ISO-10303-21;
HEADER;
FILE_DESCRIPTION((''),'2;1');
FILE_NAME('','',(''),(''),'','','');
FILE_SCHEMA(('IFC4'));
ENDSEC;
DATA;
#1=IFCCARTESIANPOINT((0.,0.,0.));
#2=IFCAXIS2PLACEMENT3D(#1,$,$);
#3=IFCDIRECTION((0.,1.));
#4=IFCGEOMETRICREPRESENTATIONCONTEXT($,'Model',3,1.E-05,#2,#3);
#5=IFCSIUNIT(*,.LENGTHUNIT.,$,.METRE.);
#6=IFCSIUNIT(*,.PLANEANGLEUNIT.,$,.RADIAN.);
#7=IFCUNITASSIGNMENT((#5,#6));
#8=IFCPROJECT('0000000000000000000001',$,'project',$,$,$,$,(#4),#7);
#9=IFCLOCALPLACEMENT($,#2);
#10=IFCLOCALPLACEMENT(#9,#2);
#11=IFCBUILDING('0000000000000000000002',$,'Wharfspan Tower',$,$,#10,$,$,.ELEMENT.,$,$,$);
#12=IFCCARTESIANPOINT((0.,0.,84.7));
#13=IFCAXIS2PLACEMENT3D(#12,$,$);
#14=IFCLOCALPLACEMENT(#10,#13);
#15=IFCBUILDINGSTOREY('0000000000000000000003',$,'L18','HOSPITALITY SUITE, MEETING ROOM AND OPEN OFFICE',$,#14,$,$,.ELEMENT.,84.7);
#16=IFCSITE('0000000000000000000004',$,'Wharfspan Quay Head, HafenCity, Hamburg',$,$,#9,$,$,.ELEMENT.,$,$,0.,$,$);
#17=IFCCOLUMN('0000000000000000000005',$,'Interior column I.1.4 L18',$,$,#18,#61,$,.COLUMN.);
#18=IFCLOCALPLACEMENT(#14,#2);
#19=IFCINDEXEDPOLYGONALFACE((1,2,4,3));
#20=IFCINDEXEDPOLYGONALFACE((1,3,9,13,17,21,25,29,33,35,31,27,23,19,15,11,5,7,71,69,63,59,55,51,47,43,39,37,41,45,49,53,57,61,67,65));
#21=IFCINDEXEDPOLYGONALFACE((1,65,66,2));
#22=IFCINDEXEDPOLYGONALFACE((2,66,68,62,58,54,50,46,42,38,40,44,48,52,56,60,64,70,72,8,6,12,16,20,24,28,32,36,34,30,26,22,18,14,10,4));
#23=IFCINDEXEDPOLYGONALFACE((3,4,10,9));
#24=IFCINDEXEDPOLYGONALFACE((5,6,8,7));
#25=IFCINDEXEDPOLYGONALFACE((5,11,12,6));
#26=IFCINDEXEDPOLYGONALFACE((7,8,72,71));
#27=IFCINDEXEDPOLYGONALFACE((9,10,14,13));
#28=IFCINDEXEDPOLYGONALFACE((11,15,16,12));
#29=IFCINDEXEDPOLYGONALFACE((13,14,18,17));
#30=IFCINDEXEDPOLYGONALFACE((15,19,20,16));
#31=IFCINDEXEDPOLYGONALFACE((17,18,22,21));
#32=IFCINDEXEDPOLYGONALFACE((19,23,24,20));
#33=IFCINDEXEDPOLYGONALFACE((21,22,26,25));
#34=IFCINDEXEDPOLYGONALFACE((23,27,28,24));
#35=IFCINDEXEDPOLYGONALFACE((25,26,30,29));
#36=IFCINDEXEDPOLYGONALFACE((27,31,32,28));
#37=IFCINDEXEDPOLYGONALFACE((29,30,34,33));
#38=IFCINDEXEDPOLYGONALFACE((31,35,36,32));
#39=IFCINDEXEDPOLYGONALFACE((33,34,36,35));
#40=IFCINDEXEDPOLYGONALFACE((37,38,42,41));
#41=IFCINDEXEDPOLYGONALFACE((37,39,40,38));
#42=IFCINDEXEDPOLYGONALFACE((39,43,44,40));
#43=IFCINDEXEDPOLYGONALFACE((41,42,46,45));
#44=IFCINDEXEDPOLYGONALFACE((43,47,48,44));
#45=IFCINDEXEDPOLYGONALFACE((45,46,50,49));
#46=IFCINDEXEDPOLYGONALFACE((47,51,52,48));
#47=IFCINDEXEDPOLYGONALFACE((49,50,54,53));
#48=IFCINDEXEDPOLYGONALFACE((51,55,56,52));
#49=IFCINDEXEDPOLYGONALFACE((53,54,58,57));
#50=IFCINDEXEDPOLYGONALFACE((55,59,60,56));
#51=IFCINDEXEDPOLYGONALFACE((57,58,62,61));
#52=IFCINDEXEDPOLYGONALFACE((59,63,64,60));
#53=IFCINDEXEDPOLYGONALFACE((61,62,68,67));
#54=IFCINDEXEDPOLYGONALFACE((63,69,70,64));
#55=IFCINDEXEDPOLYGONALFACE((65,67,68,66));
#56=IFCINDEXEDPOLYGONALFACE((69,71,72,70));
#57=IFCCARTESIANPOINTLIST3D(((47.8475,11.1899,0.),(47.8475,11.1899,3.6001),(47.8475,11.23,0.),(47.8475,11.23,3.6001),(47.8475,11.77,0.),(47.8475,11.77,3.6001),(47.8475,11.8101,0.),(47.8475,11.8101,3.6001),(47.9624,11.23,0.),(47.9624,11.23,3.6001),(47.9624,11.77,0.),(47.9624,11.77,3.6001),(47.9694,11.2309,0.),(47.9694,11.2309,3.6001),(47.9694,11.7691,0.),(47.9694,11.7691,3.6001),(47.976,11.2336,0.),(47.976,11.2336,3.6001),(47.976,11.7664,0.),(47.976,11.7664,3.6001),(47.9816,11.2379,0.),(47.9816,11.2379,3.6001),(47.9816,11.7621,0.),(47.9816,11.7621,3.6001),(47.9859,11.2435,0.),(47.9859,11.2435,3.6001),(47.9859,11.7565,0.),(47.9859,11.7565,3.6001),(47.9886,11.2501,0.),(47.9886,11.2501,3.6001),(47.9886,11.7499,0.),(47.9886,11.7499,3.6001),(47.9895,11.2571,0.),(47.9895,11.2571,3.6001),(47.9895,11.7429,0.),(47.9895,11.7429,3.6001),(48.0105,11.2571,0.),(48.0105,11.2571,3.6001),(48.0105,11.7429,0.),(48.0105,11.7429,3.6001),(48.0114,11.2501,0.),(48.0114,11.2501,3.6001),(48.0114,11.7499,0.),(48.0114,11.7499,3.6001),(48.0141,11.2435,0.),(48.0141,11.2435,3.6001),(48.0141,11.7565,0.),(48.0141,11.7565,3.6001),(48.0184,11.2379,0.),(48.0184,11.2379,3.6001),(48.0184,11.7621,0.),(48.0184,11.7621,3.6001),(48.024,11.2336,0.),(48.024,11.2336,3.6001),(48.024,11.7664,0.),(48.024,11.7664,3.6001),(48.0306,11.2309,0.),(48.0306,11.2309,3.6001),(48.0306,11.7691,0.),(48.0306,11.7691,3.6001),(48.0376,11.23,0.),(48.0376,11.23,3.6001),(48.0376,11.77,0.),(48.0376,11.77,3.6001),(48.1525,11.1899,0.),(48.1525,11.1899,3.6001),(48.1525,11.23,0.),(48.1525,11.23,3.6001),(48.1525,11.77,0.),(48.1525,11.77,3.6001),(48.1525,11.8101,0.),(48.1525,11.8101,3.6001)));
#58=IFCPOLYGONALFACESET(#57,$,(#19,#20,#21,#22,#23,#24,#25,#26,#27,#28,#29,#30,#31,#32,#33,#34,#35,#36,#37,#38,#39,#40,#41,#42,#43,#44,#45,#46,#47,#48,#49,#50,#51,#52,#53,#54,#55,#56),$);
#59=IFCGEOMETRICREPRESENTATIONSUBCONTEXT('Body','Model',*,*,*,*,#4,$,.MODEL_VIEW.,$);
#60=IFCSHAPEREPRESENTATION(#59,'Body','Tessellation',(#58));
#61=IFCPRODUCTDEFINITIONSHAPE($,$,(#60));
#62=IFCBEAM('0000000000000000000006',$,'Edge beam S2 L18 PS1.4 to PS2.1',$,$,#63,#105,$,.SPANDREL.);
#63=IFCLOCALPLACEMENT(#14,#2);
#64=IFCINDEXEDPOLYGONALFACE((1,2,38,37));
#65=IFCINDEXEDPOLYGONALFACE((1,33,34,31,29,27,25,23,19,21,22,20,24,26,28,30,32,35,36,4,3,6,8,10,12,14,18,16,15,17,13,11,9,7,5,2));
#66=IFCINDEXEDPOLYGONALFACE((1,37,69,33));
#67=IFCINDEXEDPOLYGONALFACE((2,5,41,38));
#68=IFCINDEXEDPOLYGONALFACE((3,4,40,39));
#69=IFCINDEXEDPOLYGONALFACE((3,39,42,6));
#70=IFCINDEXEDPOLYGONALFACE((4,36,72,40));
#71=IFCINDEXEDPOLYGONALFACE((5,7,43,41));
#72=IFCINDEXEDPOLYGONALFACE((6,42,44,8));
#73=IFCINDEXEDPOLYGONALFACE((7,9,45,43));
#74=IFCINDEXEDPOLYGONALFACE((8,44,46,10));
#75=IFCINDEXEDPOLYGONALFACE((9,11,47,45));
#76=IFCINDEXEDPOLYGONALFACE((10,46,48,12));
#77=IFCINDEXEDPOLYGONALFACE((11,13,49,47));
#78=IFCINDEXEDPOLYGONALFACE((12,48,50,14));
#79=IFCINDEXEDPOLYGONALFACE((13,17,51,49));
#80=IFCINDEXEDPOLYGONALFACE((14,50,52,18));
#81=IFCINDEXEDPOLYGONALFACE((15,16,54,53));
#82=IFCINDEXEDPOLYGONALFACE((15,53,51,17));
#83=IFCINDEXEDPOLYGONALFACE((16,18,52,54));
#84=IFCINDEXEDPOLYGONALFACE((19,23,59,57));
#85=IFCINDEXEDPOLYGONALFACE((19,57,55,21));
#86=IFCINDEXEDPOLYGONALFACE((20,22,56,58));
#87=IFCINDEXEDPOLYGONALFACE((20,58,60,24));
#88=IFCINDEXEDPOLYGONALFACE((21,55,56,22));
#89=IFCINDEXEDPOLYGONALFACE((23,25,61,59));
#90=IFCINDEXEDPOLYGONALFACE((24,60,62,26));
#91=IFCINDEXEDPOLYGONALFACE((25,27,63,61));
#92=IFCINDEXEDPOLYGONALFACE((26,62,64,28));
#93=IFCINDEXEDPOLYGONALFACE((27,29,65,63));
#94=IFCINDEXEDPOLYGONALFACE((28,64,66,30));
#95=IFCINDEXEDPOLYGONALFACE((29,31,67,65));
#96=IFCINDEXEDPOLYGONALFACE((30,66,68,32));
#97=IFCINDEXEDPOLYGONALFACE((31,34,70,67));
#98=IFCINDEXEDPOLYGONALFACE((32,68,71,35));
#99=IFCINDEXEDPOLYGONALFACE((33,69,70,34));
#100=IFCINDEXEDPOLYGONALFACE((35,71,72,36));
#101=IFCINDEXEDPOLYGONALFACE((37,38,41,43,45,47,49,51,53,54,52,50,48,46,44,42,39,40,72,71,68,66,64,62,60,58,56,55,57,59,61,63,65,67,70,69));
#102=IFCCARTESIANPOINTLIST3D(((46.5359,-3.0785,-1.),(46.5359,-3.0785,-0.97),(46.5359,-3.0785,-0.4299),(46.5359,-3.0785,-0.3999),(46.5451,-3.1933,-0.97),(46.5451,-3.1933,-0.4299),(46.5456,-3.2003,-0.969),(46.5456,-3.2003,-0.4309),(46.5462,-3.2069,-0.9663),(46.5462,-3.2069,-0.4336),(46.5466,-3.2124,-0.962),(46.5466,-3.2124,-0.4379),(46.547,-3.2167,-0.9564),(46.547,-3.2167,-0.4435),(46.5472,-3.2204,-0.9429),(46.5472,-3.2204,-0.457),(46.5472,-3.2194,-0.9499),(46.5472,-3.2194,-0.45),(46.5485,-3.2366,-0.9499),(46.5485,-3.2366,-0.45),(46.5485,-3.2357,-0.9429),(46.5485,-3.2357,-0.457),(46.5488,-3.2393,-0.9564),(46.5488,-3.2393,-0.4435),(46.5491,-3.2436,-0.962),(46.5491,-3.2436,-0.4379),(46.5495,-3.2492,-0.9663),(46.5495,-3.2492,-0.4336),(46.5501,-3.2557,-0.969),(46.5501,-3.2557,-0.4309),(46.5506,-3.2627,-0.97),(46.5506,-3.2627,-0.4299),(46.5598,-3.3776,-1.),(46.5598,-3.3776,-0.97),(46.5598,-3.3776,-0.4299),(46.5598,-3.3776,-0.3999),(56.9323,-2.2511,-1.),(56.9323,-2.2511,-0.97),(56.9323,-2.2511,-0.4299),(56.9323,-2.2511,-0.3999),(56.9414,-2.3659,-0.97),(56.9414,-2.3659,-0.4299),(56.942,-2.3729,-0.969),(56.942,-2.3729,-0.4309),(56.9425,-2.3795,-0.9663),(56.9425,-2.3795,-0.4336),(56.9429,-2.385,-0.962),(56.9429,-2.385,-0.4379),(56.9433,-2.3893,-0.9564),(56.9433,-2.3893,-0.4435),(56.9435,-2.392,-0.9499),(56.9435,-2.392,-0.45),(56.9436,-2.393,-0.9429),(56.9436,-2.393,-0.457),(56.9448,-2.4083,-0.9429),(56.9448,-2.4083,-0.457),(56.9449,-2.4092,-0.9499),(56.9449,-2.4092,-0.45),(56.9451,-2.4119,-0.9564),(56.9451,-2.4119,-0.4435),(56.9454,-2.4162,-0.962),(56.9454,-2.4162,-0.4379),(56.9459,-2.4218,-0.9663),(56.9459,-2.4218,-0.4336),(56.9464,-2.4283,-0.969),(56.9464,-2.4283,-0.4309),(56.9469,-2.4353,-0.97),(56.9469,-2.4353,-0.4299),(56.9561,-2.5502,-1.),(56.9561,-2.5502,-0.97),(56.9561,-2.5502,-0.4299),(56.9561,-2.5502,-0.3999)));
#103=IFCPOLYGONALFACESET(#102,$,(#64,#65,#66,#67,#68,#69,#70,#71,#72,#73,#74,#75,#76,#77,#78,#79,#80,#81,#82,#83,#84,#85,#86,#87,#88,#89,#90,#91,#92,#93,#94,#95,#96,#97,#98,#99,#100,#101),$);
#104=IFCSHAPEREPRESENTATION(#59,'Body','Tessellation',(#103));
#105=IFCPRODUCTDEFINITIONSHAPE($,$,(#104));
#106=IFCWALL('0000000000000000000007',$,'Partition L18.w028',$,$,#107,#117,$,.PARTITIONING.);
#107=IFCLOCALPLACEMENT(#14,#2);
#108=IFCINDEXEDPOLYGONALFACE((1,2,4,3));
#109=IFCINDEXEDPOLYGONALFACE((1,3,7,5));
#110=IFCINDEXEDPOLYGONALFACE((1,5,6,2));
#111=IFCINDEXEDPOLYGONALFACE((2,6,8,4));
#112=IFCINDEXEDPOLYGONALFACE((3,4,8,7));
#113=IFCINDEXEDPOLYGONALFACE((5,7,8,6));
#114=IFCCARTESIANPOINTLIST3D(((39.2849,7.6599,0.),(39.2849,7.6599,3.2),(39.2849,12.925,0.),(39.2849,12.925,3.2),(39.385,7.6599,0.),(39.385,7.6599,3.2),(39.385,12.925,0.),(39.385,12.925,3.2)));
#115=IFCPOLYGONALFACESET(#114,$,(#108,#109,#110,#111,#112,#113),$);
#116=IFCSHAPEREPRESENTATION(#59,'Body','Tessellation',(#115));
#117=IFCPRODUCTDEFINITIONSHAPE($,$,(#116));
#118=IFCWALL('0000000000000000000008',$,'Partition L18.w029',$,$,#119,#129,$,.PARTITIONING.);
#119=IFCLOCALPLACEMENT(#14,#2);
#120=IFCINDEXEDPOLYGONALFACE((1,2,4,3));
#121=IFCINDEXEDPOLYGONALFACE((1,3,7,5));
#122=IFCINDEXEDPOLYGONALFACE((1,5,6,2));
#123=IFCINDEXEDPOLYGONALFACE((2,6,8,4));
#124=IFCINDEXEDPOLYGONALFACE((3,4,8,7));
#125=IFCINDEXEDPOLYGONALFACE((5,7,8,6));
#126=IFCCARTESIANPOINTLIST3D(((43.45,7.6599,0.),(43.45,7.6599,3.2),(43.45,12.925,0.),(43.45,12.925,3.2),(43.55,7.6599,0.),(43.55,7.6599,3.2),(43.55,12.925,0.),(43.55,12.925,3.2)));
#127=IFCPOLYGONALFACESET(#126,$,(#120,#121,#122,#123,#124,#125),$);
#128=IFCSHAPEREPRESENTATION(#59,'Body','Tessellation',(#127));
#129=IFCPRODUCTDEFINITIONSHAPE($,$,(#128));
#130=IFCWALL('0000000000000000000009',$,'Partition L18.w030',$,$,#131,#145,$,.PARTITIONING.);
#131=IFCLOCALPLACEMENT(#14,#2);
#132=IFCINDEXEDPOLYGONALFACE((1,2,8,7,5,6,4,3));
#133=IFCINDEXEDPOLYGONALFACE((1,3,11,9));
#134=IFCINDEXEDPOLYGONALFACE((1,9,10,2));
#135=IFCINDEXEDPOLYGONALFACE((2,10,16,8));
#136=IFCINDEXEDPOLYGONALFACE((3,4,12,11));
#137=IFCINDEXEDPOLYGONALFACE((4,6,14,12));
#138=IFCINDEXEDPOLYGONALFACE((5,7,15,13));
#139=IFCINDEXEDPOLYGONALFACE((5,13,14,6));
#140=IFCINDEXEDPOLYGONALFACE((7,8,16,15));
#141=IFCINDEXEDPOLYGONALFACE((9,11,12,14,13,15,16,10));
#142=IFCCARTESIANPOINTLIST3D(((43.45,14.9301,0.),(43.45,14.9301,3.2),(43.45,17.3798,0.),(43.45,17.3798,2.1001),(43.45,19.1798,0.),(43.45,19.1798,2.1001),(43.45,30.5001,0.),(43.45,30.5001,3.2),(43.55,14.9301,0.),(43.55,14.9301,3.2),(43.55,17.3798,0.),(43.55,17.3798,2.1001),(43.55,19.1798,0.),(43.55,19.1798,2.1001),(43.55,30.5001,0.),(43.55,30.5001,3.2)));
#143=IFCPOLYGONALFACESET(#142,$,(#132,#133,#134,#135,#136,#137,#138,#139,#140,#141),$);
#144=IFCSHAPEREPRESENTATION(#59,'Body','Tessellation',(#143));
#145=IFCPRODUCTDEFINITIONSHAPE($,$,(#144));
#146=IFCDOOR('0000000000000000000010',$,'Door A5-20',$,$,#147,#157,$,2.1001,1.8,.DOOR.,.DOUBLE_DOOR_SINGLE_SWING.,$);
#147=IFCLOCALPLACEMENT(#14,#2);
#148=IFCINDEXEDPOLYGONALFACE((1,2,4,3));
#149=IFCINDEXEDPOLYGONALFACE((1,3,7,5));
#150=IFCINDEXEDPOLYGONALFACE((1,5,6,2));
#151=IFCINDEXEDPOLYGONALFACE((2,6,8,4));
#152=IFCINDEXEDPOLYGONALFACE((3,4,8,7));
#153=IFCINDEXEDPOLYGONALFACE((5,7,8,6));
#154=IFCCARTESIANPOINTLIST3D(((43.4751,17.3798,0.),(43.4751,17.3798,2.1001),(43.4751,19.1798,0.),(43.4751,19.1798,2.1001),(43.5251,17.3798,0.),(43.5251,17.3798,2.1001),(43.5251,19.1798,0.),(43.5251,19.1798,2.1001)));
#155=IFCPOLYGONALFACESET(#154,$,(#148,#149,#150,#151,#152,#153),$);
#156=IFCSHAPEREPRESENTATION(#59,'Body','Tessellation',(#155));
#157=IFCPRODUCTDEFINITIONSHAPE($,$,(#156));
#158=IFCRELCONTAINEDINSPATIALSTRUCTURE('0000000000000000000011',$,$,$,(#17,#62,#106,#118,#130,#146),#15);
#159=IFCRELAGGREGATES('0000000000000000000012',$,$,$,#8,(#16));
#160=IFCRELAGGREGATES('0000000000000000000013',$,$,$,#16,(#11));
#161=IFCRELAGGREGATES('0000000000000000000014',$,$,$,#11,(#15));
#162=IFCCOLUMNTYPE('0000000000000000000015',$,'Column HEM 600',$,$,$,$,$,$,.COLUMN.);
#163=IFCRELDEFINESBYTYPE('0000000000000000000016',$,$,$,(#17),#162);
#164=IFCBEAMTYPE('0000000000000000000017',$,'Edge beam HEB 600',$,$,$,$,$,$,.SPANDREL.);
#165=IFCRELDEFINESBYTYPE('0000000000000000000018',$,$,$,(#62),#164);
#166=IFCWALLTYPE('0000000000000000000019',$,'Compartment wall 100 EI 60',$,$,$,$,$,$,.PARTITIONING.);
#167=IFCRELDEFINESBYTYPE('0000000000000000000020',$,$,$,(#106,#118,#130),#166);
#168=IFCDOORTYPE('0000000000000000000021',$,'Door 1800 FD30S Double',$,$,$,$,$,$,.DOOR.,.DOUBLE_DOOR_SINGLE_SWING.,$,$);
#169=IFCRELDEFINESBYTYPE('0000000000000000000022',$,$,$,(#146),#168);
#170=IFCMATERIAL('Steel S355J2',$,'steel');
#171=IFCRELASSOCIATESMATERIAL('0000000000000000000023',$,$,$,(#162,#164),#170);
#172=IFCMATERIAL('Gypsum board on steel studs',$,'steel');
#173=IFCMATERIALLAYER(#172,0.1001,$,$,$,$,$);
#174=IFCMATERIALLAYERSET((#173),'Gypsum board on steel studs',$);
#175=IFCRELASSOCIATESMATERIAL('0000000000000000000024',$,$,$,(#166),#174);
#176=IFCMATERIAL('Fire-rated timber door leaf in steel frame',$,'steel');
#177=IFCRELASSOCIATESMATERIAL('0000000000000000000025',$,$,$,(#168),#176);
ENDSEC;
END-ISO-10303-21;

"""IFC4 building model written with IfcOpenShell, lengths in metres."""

from ifc_helpers import new_model, si_unit, direction, frame, frame_2d, origin, origin_2d, place, context, subcontext, project, spatial, rectangle, i_section, extrude, material, layer, layer_set, material_profile, profile_set, type_object, element, fill, save


model = new_model("IFC4")

# Units and contexts
model_context = context("Model", 3, precision=1e-05, world=origin(), true_north=direction((0.0, 1.0)))
body_context = subcontext(model_context, "Body", "Model", "MODEL_VIEW")
ifc_project = project(units=[si_unit("LENGTHUNIT", "METRE"), si_unit("PLANEANGLEUNIT", "RADIAN")], contexts=[model_context])

# Site, building, storey
site_placement = place(None, origin())
site = spatial("IfcSite", under=ifc_project, at=site_placement, Name="Wharfspan Quay Head, HafenCity, Hamburg", CompositionType="ELEMENT", RefElevation=0.0)
building_placement = place(site_placement, origin())
building = spatial("IfcBuilding", under=site, at=building_placement, Name="Wharfspan Tower", CompositionType="ELEMENT")
storey_placement = place(building_placement, frame((0.0, 0.0, 84.7)))
storey = spatial("IfcBuildingStorey", under=building, at=storey_placement, Name="L18", Description="HOSPITALITY SUITE, MEETING ROOM AND OPEN OFFICE", CompositionType="ELEMENT", Elevation=84.7)

# Column
ifc_material_1 = material(Name="Steel S355J2", Category="steel")
ifc_material_profile_1 = material_profile(ifc_material_1, i_section(OverallWidth=0.3049, OverallDepth=0.6201, WebThickness=0.021, FlangeThickness=0.04, FilletRadius=0.0271, at=origin_2d()))
ifc_profile_set_1 = profile_set([ifc_material_profile_1], Name="Steel S355J2")
column_type = type_object("IfcColumnType", Name="Column HEM 600", PredefinedType="COLUMN", material=ifc_profile_set_1)
column_placement = place(storey_placement, frame((48.0, 11.5, 0.0), z_axis=(0.0, 0.0, 1.0), x_axis=(1.0, 0.0, 0.0)))
element("IfcColumn", 1, at=column_placement, inside=storey, type_object=column_type, Name="Interior column I.1.4 L18", PredefinedType="COLUMN", context=body_context, shape_type="SweptSolid", body=[
    extrude(i_section(OverallWidth=0.3049, OverallDepth=0.6201, WebThickness=0.021, FlangeThickness=0.04, FilletRadius=0.0271, at=origin_2d()), origin(), (0.0, 0.0, 1.0), 3.6001),
])

# Beam
ifc_material_profile_2 = material_profile(ifc_material_1, i_section(OverallWidth=0.3, OverallDepth=0.6001, WebThickness=0.0154, FlangeThickness=0.03, FilletRadius=0.0271, at=origin_2d()))
ifc_profile_set_2 = profile_set([ifc_material_profile_2], Name="Steel S355J2")
beam_type = type_object("IfcBeamType", Name="Edge beam HEB 600", PredefinedType="SPANDREL", material=ifc_profile_set_2)
beam_placement = place(storey_placement, frame((46.5479, -3.228, -0.7), z_axis=(0.996848, 0.079335, 0.0), x_axis=(-0.079335, 0.996848, 0.0)))
element("IfcBeam", 2, at=beam_placement, inside=storey, type_object=beam_type, Name="Edge beam S2 L18 PS1.4 to PS2.1", PredefinedType="SPANDREL", context=body_context, shape_type="SweptSolid", body=[
    extrude(i_section(OverallWidth=0.3, OverallDepth=0.6001, WebThickness=0.0154, FlangeThickness=0.03, FilletRadius=0.0271, at=origin_2d()), origin(), (0.0, 0.0, 1.0), 10.4292),
])

# Walls
ifc_material_2 = material(Name="Gypsum board on steel studs", Category="steel")
ifc_layer_1 = layer(ifc_material_2, 0.1001)
ifc_layer_set_1 = layer_set([ifc_layer_1], Name="Gypsum board on steel studs")
wall_type_1 = type_object("IfcWallType", Name="Compartment wall 100 EI 60", PredefinedType="PARTITIONING", material=ifc_layer_set_1)
for number, where, z_axis, x_axis, name in (
    (3, (39.335, 7.6599, 0.0), (0.0, 0.0, 1.0), (0.0, 1.0, 0.0), "Partition L18.w028"),
    (4, (43.5, 7.6599, 0.0), (0.0, 0.0, 1.0), (0.0, 1.0, 0.0), "Partition L18.w029"),
):
    element("IfcWall", number, at=place(storey_placement, frame(where, z_axis=z_axis, x_axis=x_axis)), inside=storey, type_object=wall_type_1, Name=name, PredefinedType="PARTITIONING", context=body_context, shape_type="SweptSolid", body=[
        extrude(rectangle(XDim=5.2651, YDim=0.1001, at=frame_2d((2.6326, 0.0))), origin(), (0.0, 0.0, 1.0), 3.2),
    ])

# Wall, opening, door
wall_1_placement = place(storey_placement, frame((43.5, 14.9299, 0.0), z_axis=(0.0, 0.0, 1.0), x_axis=(0.0, 1.0, 0.0)))
wall_1 = element("IfcWall", 5, at=wall_1_placement, inside=storey, type_object=wall_type_1, Name="Partition L18.w030", PredefinedType="PARTITIONING", context=body_context, shape_type="SweptSolid", body=[
    extrude(rectangle(XDim=15.5701, YDim=0.1001, at=frame_2d((7.7852, 0.0))), origin(), (0.0, 0.0, 1.0), 3.2),
])
opening_1_placement = place(wall_1_placement, frame((2.45, 0.0, 0.0)))
opening_1 = element("IfcOpeningElement", 6, at=opening_1_placement, cuts=wall_1, PredefinedType="OPENING", context=body_context, shape_type="SweptSolid", body=[
    extrude(rectangle(XDim=1.8, YDim=2.1001, at=frame_2d((0.8999, 1.05))), frame((0.0, 0.0601, 0.0), z_axis=(0.0, -1.0, 0.0), x_axis=(1.0, 0.0, 0.0)), (0.0, 0.0, 1.0), 0.1201),
])
ifc_material_3 = material(Name="Fire-rated timber door leaf in steel frame", Category="steel")
door_type_1 = type_object("IfcDoorType", Name="Door 1800 FD30S Double", OperationType="DOUBLE_DOOR_SINGLE_SWING", PredefinedType="DOOR", material=ifc_material_3)
door_1_placement = place(opening_1_placement, origin())
door_1 = element("IfcDoor", 7, at=door_1_placement, inside=storey, type_object=door_type_1, Name="Door A5-20", OperationType="DOUBLE_DOOR_SINGLE_SWING", OverallHeight=2.1001, OverallWidth=1.8, PredefinedType="DOOR", context=body_context, shape_type="SweptSolid", body=[
    extrude(rectangle(XDim=1.8, YDim=2.1001, at=frame_2d((0.8999, 1.05))), frame((0.0, 0.0249, 0.0), z_axis=(0.0, -1.0, 0.0), x_axis=(1.0, 0.0, 0.0)), (0.0, 0.0, 1.0), 0.05),
])
fill(opening_1, door_1)

save(model, "model.ifc")
